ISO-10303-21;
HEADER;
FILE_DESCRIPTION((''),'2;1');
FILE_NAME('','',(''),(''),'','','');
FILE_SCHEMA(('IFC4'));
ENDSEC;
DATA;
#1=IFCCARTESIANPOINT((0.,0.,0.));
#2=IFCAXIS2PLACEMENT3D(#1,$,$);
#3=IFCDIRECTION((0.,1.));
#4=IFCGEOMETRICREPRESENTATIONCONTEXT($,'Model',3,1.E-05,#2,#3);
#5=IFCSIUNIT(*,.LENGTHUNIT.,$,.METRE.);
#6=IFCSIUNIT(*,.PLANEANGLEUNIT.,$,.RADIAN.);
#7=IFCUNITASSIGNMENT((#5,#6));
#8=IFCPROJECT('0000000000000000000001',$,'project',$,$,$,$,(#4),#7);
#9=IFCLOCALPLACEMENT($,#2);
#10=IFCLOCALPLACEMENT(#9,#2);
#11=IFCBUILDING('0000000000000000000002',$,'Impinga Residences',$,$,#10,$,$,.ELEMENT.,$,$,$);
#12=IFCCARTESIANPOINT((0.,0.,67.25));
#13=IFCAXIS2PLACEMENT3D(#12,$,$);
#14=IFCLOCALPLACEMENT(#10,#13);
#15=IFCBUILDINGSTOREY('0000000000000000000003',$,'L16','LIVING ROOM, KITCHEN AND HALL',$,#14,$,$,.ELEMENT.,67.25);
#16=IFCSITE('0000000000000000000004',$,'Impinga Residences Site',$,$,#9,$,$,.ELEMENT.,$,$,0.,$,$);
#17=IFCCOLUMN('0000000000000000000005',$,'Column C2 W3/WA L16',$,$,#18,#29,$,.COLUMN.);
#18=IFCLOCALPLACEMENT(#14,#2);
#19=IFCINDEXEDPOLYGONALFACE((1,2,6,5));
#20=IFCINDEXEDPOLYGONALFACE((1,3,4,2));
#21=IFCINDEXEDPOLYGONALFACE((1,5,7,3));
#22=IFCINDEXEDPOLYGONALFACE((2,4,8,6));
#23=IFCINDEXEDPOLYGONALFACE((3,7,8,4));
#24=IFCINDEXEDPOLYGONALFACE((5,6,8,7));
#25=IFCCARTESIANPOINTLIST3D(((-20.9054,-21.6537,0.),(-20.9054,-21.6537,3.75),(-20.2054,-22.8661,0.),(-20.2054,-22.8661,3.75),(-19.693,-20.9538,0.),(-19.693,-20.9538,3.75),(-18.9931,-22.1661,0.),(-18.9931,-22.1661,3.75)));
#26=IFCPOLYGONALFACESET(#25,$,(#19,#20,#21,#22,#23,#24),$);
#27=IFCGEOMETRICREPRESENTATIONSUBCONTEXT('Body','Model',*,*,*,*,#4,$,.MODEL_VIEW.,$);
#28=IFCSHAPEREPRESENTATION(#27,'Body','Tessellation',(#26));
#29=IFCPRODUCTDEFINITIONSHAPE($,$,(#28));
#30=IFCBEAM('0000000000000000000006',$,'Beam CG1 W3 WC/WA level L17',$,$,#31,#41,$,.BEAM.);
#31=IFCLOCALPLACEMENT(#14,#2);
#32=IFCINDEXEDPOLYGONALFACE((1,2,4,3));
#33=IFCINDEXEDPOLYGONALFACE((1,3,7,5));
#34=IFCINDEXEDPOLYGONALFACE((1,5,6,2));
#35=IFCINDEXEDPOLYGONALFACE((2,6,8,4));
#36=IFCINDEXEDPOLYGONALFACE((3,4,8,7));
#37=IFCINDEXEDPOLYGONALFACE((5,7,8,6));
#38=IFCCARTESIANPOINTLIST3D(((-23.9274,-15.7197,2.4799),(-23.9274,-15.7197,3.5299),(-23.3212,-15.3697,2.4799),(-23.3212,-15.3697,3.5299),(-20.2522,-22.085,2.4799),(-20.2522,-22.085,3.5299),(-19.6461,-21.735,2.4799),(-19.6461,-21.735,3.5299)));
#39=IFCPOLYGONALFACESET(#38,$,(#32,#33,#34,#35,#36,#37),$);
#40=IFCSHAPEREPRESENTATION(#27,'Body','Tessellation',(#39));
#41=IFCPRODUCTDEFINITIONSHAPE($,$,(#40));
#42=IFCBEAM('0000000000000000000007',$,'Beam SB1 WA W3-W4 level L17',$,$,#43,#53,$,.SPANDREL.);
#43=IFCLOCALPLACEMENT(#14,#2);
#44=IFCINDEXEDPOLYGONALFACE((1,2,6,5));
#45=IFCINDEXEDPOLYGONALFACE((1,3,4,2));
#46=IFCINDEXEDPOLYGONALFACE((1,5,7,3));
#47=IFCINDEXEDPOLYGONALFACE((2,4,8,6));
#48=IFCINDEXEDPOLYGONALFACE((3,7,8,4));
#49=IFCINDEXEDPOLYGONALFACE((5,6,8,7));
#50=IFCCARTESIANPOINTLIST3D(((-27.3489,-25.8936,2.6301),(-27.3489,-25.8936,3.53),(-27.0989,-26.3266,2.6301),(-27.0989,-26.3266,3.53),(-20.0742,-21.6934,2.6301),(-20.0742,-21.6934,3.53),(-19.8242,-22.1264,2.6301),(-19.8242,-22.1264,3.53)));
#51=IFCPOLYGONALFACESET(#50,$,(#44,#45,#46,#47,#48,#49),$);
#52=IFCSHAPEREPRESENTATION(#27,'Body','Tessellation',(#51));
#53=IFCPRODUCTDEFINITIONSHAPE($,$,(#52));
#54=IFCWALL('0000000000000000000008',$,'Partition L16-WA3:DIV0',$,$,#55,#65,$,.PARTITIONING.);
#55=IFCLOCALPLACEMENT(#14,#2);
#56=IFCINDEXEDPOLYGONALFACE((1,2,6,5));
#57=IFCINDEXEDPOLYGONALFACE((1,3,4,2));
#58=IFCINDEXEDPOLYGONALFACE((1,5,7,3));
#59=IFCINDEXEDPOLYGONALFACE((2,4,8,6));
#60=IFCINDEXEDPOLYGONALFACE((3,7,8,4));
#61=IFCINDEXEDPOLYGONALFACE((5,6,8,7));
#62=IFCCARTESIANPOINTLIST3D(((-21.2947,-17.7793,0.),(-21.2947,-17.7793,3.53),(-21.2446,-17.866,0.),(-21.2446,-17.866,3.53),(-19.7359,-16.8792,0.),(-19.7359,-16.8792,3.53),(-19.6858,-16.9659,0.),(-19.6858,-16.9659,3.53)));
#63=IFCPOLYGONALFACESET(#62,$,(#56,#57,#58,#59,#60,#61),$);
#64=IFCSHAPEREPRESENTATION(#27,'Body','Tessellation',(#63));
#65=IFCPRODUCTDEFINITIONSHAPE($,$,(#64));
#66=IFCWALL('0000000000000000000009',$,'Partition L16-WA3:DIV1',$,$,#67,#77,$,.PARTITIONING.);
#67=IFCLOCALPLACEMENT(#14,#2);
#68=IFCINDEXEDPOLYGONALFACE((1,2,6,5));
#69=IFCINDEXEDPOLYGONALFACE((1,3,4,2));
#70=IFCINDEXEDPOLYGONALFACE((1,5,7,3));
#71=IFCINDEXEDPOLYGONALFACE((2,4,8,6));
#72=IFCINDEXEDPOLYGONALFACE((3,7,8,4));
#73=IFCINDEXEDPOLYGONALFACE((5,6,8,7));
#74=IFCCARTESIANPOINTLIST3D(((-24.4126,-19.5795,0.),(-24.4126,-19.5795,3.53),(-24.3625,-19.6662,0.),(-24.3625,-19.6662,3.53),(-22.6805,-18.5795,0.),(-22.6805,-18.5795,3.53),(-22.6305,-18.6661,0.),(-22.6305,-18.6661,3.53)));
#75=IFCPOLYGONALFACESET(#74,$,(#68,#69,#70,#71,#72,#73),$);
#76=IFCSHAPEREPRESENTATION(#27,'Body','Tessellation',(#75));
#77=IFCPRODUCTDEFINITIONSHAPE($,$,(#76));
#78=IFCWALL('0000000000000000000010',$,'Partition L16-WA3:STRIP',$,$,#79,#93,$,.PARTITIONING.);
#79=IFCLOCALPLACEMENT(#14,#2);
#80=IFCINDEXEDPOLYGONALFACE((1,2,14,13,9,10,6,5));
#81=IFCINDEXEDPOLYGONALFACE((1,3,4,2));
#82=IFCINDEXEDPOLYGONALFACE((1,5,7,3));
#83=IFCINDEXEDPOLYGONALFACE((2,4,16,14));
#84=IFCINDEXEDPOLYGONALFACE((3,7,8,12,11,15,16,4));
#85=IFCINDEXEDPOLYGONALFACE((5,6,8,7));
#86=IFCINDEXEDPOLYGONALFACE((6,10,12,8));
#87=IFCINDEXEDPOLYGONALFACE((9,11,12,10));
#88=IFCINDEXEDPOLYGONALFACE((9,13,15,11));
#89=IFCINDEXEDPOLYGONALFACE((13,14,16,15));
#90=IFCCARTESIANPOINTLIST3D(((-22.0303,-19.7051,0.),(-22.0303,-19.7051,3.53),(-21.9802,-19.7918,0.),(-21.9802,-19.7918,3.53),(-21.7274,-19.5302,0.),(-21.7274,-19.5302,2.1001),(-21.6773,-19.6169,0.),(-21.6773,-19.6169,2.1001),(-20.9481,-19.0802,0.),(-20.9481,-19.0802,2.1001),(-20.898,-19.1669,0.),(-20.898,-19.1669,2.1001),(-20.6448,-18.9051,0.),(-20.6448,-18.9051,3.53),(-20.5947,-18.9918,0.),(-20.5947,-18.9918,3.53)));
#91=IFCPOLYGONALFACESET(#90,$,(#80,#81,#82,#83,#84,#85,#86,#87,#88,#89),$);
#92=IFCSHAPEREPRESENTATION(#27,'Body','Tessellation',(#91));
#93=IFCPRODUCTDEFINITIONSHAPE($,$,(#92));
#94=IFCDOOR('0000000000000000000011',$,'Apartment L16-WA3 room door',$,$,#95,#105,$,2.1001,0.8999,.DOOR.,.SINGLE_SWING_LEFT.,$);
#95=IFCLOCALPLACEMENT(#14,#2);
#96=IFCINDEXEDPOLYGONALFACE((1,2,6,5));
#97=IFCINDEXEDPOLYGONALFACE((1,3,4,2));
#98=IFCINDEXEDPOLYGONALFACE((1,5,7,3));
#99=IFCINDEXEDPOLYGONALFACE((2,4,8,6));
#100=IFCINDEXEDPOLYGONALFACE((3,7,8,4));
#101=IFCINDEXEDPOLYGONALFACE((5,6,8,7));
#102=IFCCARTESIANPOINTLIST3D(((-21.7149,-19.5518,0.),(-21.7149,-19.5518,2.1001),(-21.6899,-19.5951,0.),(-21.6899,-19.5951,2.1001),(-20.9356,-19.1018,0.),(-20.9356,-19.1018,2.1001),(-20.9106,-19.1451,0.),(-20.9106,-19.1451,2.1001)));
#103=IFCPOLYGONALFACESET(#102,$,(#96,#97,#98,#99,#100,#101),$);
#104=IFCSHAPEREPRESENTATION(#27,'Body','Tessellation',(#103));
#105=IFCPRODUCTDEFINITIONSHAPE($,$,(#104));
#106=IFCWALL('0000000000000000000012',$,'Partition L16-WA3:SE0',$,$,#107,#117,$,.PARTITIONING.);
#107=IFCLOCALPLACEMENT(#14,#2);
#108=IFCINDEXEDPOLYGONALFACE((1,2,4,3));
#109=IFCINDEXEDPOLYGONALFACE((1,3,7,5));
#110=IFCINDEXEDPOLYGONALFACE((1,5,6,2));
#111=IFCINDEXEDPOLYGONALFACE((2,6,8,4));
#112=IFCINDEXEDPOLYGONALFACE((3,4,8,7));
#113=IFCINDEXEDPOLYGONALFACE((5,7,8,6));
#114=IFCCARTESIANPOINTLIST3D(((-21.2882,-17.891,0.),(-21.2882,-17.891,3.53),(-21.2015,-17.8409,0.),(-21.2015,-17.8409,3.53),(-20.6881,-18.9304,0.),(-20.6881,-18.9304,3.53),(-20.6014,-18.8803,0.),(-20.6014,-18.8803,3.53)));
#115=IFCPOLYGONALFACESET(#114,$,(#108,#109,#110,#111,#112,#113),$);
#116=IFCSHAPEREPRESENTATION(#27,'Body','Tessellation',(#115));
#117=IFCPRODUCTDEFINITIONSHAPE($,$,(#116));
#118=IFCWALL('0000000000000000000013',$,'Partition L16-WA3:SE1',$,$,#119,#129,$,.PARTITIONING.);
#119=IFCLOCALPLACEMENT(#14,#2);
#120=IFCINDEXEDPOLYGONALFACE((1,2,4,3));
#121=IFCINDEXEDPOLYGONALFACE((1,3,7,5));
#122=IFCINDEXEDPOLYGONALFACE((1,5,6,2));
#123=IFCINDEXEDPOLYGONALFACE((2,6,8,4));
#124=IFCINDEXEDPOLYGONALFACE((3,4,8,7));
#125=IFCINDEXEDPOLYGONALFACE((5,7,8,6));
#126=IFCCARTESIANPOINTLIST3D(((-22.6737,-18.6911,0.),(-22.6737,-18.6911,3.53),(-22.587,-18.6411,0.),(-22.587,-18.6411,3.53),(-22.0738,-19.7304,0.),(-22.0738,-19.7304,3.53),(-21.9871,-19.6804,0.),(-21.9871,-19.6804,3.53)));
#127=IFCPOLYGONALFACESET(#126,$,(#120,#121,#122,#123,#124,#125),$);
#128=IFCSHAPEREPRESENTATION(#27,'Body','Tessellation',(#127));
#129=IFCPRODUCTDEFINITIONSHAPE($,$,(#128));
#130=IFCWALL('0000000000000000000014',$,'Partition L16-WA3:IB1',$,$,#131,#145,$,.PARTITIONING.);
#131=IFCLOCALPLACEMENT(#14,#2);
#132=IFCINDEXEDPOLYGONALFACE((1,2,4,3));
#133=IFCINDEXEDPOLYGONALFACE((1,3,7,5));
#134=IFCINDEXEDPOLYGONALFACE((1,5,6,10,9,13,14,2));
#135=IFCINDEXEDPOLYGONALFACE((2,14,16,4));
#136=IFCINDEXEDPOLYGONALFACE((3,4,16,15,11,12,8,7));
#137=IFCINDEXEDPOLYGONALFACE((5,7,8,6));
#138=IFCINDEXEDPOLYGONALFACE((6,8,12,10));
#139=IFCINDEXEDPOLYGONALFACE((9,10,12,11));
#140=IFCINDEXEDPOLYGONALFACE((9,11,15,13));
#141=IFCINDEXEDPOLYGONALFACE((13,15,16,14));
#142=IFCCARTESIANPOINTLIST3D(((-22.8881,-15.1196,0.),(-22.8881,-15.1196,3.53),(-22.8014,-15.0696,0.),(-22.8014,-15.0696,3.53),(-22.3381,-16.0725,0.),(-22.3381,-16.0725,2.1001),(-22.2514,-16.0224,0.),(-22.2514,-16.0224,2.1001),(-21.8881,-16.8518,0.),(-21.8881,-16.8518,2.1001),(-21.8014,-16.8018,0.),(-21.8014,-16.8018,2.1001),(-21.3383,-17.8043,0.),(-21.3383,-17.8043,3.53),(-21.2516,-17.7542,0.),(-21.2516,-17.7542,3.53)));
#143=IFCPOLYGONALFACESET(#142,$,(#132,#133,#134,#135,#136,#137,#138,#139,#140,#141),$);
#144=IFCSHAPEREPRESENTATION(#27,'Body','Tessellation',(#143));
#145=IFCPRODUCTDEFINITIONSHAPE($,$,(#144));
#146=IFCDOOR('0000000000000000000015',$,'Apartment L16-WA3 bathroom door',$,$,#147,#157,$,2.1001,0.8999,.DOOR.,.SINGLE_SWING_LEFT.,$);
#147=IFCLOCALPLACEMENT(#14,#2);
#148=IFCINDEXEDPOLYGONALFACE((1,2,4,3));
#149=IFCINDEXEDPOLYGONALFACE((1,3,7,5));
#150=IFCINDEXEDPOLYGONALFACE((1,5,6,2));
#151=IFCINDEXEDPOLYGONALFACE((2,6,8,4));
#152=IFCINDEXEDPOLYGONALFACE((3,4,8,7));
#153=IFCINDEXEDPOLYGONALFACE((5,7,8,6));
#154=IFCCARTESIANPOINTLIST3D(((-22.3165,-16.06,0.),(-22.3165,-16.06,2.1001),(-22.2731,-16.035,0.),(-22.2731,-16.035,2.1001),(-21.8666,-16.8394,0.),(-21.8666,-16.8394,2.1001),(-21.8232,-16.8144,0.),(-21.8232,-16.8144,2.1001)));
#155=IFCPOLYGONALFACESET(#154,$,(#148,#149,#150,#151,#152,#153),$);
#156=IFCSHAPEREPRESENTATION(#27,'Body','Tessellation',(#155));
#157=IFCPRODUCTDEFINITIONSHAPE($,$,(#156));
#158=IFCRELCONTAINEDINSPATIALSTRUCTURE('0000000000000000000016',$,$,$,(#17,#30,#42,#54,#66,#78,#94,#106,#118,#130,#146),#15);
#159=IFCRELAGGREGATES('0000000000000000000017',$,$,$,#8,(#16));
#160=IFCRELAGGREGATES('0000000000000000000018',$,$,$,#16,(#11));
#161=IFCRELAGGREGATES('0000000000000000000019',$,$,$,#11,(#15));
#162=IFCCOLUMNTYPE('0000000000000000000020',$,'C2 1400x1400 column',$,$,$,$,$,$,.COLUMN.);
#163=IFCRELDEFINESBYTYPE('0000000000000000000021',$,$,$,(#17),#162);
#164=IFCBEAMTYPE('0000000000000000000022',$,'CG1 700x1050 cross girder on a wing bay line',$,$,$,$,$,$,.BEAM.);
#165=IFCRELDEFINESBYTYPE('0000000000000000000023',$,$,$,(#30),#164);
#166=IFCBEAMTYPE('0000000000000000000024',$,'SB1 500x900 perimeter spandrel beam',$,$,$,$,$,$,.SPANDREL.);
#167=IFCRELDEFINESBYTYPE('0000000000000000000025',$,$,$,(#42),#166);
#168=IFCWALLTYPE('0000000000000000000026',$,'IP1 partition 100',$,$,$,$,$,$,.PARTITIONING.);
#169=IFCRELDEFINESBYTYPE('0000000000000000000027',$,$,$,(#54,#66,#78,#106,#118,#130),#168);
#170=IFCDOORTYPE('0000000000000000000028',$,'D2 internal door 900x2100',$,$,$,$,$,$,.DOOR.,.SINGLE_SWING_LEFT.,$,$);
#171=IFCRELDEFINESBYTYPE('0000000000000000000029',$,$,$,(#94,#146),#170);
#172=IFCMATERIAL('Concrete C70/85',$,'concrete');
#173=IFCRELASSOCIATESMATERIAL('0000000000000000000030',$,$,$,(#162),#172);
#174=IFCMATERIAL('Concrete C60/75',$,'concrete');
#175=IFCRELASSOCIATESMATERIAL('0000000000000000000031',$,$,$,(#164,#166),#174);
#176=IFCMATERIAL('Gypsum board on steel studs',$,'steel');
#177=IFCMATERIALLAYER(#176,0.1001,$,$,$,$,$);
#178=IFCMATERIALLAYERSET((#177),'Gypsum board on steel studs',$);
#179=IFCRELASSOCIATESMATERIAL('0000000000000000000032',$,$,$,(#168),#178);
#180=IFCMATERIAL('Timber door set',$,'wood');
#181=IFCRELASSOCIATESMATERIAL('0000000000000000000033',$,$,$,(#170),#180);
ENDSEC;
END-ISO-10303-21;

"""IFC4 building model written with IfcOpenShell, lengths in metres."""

from ifc_helpers import new_model, si_unit, direction, frame, frame_2d, origin, origin_2d, place, context, subcontext, project, spatial, rectangle, extrude, material, layer, layer_set, material_profile, profile_set, type_object, element, fill, save


model = new_model("IFC4")

# Units and contexts
model_context = context("Model", 3, precision=1e-05, world=origin(), true_north=direction((0.0, 1.0)))
body_context = subcontext(model_context, "Body", "Model", "MODEL_VIEW")
ifc_project = project(units=[si_unit("LENGTHUNIT", "METRE"), si_unit("PLANEANGLEUNIT", "RADIAN")], contexts=[model_context])

# Site, building, storey
site_placement = place(None, origin())
site = spatial("IfcSite", under=ifc_project, at=site_placement, Name="Impinga Residences Site", CompositionType="ELEMENT", RefElevation=0.0)
building_placement = place(site_placement, origin())
building = spatial("IfcBuilding", under=site, at=building_placement, Name="Impinga Residences", CompositionType="ELEMENT")
storey_placement = place(building_placement, frame((0.0, 0.0, 67.25)))
storey = spatial("IfcBuildingStorey", under=building, at=storey_placement, Name="L16", Description="LIVING ROOM, KITCHEN AND HALL", CompositionType="ELEMENT", Elevation=67.25)

# Column
ifc_material_1 = material(Name="Concrete C70/85", Category="concrete")
ifc_material_profile_1 = material_profile(ifc_material_1, rectangle(XDim=1.3999, YDim=1.3999, at=origin_2d()), Name="RC 1400x1400")
ifc_profile_set_1 = profile_set([ifc_material_profile_1], Name="Concrete C70/85")
column_type = type_object("IfcColumnType", Name="C2 1400x1400 column", PredefinedType="COLUMN", material=ifc_profile_set_1)
column_placement = place(storey_placement, frame((-19.9492, -21.9099, 0.0), z_axis=(0.0, 0.0, 1.0), x_axis=(-0.5, 0.866025, 0.0)))
element("IfcColumn", 1, at=column_placement, inside=storey, type_object=column_type, Name="Column C2 W3/WA L16", PredefinedType="COLUMN", context=body_context, shape_type="SweptSolid", body=[
    extrude(rectangle(XDim=1.3999, YDim=1.3999, at=origin_2d()), origin(), (0.0, 0.0, 1.0), 3.75),
])

# Beams
ifc_material_2 = material(Name="Concrete C60/75", Category="concrete")
ifc_material_profile_2 = material_profile(ifc_material_2, rectangle(XDim=0.7, YDim=1.05, at=origin_2d()), Name="RC 700x1050")
ifc_profile_set_2 = profile_set([ifc_material_profile_2], Name="Concrete C60/75")
beam_type_1 = type_object("IfcBeamType", Name="CG1 700x1050 cross girder on a wing bay line", PredefinedType="BEAM", material=ifc_profile_set_2)
beam_1_placement = place(storey_placement, frame((-23.6243, -15.5447, 3.0049), z_axis=(0.500008, -0.866021, 0.0), x_axis=(0.866021, 0.500008, 0.0)))
element("IfcBeam", 2, at=beam_1_placement, inside=storey, type_object=beam_type_1, Name="Beam CG1 W3 WC/WA level L17", PredefinedType="BEAM", context=body_context, shape_type="SweptSolid", body=[
    extrude(rectangle(XDim=0.7, YDim=1.05, at=origin_2d()), origin(), (0.0, 0.0, 1.0), 7.3501),
])
ifc_material_profile_3 = material_profile(ifc_material_2, rectangle(XDim=0.5, YDim=0.8999, at=origin_2d()), Name="RC 500x900")
ifc_profile_set_3 = profile_set([ifc_material_profile_3], Name="Concrete C60/75")
beam_type_2 = type_object("IfcBeamType", Name="SB1 500x900 perimeter spandrel beam", PredefinedType="SPANDREL", material=ifc_profile_set_3)
beam_2_placement = place(storey_placement, frame((-19.9492, -21.9099, 3.0801), z_axis=(-0.866017, -0.500015, 0.0), x_axis=(0.500015, -0.866017, 0.0)))
element("IfcBeam", 3, at=beam_2_placement, inside=storey, type_object=beam_type_2, Name="Beam SB1 WA W3-W4 level L17", PredefinedType="SPANDREL", context=body_context, shape_type="SweptSolid", body=[
    extrude(rectangle(XDim=0.5, YDim=0.8999, at=origin_2d()), origin(), (0.0, 0.0, 1.0), 8.4001),
])

# Walls
ifc_material_3 = material(Name="Gypsum board on steel studs", Category="steel")
ifc_layer_1 = layer(ifc_material_3, 0.1001)
ifc_layer_set_1 = layer_set([ifc_layer_1], Name="Gypsum board on steel studs")
wall_type_1 = type_object("IfcWallType", Name="IP1 partition 100", PredefinedType="PARTITIONING", material=ifc_layer_set_1)
wall_1_placement = place(storey_placement, frame((-19.7109, -16.9226, 0.0), z_axis=(0.0, 0.0, 1.0), x_axis=(-0.865989, -0.500063, 0.0)))
element("IfcWall", 4, at=wall_1_placement, inside=storey, type_object=wall_type_1, Name="Partition L16-WA3:DIV0", PredefinedType="PARTITIONING", context=body_context, shape_type="SweptSolid", body=[
    extrude(rectangle(XDim=1.8, YDim=0.1001, at=frame_2d((0.8999, 0.0))), origin(), (0.0, 0.0, 1.0), 3.53),
])
wall_2_placement = place(storey_placement, frame((-22.6555, -18.6228, 0.0), z_axis=(0.0, 0.0, 1.0), x_axis=(-0.866011, -0.500025, 0.0)))
element("IfcWall", 5, at=wall_2_placement, inside=storey, type_object=wall_type_1, Name="Partition L16-WA3:DIV1", PredefinedType="PARTITIONING", context=body_context, shape_type="SweptSolid", body=[
    extrude(rectangle(XDim=2.0, YDim=0.1001, at=frame_2d((1.0, 0.0))), origin(), (0.0, 0.0, 1.0), 3.53),
])

# Wall, opening, door
wall_3_placement = place(storey_placement, frame((-20.6199, -18.9485, 0.0), z_axis=(0.0, 0.0, 1.0), x_axis=(-0.86599, -0.500061, 0.0)))
wall_3 = element("IfcWall", 6, at=wall_3_placement, inside=storey, type_object=wall_type_1, Name="Partition L16-WA3:STRIP", PredefinedType="PARTITIONING", context=body_context, shape_type="SweptSolid", body=[
    extrude(rectangle(XDim=1.5999, YDim=0.1001, at=frame_2d((0.7998, 0.0))), origin(), (0.0, 0.0, 1.0), 3.53),
])
opening_1_placement = place(wall_3_placement, frame((0.3501, 0.0, 0.0)))
opening_1 = element("IfcOpeningElement", 7, at=opening_1_placement, cuts=wall_3, PredefinedType="OPENING", context=body_context, shape_type="SweptSolid", body=[
    extrude(rectangle(XDim=0.8999, YDim=2.1001, at=frame_2d((0.45, 1.05))), frame((0.0, 0.0601, 0.0), z_axis=(0.0, -1.0, 0.0), x_axis=(1.0, 0.0, 0.0)), (0.0, 0.0, 1.0), 0.1201),
])
ifc_material_4 = material(Name="Timber door set", Category="wood")
door_type = type_object("IfcDoorType", Name="D2 internal door 900x2100", OperationType="SINGLE_SWING_LEFT", PredefinedType="DOOR", material=ifc_material_4)
door_1_placement = place(opening_1_placement, origin())
door_1 = element("IfcDoor", 8, at=door_1_placement, inside=storey, type_object=door_type, Name="Apartment L16-WA3 room door", OperationType="SINGLE_SWING_LEFT", OverallHeight=2.1001, OverallWidth=0.8999, PredefinedType="DOOR", context=body_context, shape_type="SweptSolid", body=[
    extrude(rectangle(XDim=0.8999, YDim=2.1001, at=frame_2d((0.45, 1.05))), frame((0.0, 0.0249, 0.0), z_axis=(0.0, -1.0, 0.0), x_axis=(1.0, 0.0, 0.0)), (0.0, 0.0, 1.0), 0.05),
])
fill(opening_1, door_1)

# Walls
wall_4_placement = place(storey_placement, frame((-21.2449, -17.866, 0.0), z_axis=(0.0, 0.0, 1.0), x_axis=(0.500034, -0.866006, 0.0)))
element("IfcWall", 9, at=wall_4_placement, inside=storey, type_object=wall_type_1, Name="Partition L16-WA3:SE0", PredefinedType="PARTITIONING", context=body_context, shape_type="SweptSolid", body=[
    extrude(rectangle(XDim=1.2002, YDim=0.1001, at=frame_2d((0.6001, 0.0))), origin(), (0.0, 0.0, 1.0), 3.53),
])
wall_5_placement = place(storey_placement, frame((-22.6304, -18.666, 0.0), z_axis=(0.0, 0.0, 1.0), x_axis=(0.499881, -0.866094, 0.0)))
element("IfcWall", 10, at=wall_5_placement, inside=storey, type_object=wall_type_1, Name="Partition L16-WA3:SE1", PredefinedType="PARTITIONING", context=body_context, shape_type="SweptSolid", body=[
    extrude(rectangle(XDim=1.2, YDim=0.1001, at=frame_2d((0.6001, 0.0))), origin(), (0.0, 0.0, 1.0), 3.53),
])

# Wall, opening, door
wall_6_placement = place(storey_placement, frame((-22.8447, -15.0947, 0.0), z_axis=(0.0, 0.0, 1.0), x_axis=(0.499968, -0.866044, 0.0)))
wall_6 = element("IfcWall", 11, at=wall_6_placement, inside=storey, type_object=wall_type_1, Name="Partition L16-WA3:IB1", PredefinedType="PARTITIONING", context=body_context, shape_type="SweptSolid", body=[
    extrude(rectangle(XDim=3.0999, YDim=0.1001, at=frame_2d((1.5498, 0.0))), origin(), (0.0, 0.0, 1.0), 3.53),
])
opening_2_placement = place(wall_6_placement, frame((1.1001, 0.0, 0.0)))
opening_2 = element("IfcOpeningElement", 12, at=opening_2_placement, cuts=wall_6, PredefinedType="OPENING", context=body_context, shape_type="SweptSolid", body=[
    extrude(rectangle(XDim=0.8999, YDim=2.1001, at=frame_2d((0.45, 1.05))), frame((0.0, 0.0601, 0.0), z_axis=(0.0, -1.0, 0.0), x_axis=(1.0, 0.0, 0.0)), (0.0, 0.0, 1.0), 0.1201),
])
door_2_placement = place(opening_2_placement, origin())
door_2 = element("IfcDoor", 13, at=door_2_placement, inside=storey, type_object=door_type, Name="Apartment L16-WA3 bathroom door", OperationType="SINGLE_SWING_LEFT", OverallHeight=2.1001, OverallWidth=0.8999, PredefinedType="DOOR", context=body_context, shape_type="SweptSolid", body=[
    extrude(rectangle(XDim=0.8999, YDim=2.1001, at=frame_2d((0.45, 1.05))), frame((0.0, 0.0249, 0.0), z_axis=(0.0, -1.0, 0.0), x_axis=(1.0, 0.0, 0.0)), (0.0, 0.0, 1.0), 0.05),
])
fill(opening_2, door_2)

save(model, "model.ifc")
